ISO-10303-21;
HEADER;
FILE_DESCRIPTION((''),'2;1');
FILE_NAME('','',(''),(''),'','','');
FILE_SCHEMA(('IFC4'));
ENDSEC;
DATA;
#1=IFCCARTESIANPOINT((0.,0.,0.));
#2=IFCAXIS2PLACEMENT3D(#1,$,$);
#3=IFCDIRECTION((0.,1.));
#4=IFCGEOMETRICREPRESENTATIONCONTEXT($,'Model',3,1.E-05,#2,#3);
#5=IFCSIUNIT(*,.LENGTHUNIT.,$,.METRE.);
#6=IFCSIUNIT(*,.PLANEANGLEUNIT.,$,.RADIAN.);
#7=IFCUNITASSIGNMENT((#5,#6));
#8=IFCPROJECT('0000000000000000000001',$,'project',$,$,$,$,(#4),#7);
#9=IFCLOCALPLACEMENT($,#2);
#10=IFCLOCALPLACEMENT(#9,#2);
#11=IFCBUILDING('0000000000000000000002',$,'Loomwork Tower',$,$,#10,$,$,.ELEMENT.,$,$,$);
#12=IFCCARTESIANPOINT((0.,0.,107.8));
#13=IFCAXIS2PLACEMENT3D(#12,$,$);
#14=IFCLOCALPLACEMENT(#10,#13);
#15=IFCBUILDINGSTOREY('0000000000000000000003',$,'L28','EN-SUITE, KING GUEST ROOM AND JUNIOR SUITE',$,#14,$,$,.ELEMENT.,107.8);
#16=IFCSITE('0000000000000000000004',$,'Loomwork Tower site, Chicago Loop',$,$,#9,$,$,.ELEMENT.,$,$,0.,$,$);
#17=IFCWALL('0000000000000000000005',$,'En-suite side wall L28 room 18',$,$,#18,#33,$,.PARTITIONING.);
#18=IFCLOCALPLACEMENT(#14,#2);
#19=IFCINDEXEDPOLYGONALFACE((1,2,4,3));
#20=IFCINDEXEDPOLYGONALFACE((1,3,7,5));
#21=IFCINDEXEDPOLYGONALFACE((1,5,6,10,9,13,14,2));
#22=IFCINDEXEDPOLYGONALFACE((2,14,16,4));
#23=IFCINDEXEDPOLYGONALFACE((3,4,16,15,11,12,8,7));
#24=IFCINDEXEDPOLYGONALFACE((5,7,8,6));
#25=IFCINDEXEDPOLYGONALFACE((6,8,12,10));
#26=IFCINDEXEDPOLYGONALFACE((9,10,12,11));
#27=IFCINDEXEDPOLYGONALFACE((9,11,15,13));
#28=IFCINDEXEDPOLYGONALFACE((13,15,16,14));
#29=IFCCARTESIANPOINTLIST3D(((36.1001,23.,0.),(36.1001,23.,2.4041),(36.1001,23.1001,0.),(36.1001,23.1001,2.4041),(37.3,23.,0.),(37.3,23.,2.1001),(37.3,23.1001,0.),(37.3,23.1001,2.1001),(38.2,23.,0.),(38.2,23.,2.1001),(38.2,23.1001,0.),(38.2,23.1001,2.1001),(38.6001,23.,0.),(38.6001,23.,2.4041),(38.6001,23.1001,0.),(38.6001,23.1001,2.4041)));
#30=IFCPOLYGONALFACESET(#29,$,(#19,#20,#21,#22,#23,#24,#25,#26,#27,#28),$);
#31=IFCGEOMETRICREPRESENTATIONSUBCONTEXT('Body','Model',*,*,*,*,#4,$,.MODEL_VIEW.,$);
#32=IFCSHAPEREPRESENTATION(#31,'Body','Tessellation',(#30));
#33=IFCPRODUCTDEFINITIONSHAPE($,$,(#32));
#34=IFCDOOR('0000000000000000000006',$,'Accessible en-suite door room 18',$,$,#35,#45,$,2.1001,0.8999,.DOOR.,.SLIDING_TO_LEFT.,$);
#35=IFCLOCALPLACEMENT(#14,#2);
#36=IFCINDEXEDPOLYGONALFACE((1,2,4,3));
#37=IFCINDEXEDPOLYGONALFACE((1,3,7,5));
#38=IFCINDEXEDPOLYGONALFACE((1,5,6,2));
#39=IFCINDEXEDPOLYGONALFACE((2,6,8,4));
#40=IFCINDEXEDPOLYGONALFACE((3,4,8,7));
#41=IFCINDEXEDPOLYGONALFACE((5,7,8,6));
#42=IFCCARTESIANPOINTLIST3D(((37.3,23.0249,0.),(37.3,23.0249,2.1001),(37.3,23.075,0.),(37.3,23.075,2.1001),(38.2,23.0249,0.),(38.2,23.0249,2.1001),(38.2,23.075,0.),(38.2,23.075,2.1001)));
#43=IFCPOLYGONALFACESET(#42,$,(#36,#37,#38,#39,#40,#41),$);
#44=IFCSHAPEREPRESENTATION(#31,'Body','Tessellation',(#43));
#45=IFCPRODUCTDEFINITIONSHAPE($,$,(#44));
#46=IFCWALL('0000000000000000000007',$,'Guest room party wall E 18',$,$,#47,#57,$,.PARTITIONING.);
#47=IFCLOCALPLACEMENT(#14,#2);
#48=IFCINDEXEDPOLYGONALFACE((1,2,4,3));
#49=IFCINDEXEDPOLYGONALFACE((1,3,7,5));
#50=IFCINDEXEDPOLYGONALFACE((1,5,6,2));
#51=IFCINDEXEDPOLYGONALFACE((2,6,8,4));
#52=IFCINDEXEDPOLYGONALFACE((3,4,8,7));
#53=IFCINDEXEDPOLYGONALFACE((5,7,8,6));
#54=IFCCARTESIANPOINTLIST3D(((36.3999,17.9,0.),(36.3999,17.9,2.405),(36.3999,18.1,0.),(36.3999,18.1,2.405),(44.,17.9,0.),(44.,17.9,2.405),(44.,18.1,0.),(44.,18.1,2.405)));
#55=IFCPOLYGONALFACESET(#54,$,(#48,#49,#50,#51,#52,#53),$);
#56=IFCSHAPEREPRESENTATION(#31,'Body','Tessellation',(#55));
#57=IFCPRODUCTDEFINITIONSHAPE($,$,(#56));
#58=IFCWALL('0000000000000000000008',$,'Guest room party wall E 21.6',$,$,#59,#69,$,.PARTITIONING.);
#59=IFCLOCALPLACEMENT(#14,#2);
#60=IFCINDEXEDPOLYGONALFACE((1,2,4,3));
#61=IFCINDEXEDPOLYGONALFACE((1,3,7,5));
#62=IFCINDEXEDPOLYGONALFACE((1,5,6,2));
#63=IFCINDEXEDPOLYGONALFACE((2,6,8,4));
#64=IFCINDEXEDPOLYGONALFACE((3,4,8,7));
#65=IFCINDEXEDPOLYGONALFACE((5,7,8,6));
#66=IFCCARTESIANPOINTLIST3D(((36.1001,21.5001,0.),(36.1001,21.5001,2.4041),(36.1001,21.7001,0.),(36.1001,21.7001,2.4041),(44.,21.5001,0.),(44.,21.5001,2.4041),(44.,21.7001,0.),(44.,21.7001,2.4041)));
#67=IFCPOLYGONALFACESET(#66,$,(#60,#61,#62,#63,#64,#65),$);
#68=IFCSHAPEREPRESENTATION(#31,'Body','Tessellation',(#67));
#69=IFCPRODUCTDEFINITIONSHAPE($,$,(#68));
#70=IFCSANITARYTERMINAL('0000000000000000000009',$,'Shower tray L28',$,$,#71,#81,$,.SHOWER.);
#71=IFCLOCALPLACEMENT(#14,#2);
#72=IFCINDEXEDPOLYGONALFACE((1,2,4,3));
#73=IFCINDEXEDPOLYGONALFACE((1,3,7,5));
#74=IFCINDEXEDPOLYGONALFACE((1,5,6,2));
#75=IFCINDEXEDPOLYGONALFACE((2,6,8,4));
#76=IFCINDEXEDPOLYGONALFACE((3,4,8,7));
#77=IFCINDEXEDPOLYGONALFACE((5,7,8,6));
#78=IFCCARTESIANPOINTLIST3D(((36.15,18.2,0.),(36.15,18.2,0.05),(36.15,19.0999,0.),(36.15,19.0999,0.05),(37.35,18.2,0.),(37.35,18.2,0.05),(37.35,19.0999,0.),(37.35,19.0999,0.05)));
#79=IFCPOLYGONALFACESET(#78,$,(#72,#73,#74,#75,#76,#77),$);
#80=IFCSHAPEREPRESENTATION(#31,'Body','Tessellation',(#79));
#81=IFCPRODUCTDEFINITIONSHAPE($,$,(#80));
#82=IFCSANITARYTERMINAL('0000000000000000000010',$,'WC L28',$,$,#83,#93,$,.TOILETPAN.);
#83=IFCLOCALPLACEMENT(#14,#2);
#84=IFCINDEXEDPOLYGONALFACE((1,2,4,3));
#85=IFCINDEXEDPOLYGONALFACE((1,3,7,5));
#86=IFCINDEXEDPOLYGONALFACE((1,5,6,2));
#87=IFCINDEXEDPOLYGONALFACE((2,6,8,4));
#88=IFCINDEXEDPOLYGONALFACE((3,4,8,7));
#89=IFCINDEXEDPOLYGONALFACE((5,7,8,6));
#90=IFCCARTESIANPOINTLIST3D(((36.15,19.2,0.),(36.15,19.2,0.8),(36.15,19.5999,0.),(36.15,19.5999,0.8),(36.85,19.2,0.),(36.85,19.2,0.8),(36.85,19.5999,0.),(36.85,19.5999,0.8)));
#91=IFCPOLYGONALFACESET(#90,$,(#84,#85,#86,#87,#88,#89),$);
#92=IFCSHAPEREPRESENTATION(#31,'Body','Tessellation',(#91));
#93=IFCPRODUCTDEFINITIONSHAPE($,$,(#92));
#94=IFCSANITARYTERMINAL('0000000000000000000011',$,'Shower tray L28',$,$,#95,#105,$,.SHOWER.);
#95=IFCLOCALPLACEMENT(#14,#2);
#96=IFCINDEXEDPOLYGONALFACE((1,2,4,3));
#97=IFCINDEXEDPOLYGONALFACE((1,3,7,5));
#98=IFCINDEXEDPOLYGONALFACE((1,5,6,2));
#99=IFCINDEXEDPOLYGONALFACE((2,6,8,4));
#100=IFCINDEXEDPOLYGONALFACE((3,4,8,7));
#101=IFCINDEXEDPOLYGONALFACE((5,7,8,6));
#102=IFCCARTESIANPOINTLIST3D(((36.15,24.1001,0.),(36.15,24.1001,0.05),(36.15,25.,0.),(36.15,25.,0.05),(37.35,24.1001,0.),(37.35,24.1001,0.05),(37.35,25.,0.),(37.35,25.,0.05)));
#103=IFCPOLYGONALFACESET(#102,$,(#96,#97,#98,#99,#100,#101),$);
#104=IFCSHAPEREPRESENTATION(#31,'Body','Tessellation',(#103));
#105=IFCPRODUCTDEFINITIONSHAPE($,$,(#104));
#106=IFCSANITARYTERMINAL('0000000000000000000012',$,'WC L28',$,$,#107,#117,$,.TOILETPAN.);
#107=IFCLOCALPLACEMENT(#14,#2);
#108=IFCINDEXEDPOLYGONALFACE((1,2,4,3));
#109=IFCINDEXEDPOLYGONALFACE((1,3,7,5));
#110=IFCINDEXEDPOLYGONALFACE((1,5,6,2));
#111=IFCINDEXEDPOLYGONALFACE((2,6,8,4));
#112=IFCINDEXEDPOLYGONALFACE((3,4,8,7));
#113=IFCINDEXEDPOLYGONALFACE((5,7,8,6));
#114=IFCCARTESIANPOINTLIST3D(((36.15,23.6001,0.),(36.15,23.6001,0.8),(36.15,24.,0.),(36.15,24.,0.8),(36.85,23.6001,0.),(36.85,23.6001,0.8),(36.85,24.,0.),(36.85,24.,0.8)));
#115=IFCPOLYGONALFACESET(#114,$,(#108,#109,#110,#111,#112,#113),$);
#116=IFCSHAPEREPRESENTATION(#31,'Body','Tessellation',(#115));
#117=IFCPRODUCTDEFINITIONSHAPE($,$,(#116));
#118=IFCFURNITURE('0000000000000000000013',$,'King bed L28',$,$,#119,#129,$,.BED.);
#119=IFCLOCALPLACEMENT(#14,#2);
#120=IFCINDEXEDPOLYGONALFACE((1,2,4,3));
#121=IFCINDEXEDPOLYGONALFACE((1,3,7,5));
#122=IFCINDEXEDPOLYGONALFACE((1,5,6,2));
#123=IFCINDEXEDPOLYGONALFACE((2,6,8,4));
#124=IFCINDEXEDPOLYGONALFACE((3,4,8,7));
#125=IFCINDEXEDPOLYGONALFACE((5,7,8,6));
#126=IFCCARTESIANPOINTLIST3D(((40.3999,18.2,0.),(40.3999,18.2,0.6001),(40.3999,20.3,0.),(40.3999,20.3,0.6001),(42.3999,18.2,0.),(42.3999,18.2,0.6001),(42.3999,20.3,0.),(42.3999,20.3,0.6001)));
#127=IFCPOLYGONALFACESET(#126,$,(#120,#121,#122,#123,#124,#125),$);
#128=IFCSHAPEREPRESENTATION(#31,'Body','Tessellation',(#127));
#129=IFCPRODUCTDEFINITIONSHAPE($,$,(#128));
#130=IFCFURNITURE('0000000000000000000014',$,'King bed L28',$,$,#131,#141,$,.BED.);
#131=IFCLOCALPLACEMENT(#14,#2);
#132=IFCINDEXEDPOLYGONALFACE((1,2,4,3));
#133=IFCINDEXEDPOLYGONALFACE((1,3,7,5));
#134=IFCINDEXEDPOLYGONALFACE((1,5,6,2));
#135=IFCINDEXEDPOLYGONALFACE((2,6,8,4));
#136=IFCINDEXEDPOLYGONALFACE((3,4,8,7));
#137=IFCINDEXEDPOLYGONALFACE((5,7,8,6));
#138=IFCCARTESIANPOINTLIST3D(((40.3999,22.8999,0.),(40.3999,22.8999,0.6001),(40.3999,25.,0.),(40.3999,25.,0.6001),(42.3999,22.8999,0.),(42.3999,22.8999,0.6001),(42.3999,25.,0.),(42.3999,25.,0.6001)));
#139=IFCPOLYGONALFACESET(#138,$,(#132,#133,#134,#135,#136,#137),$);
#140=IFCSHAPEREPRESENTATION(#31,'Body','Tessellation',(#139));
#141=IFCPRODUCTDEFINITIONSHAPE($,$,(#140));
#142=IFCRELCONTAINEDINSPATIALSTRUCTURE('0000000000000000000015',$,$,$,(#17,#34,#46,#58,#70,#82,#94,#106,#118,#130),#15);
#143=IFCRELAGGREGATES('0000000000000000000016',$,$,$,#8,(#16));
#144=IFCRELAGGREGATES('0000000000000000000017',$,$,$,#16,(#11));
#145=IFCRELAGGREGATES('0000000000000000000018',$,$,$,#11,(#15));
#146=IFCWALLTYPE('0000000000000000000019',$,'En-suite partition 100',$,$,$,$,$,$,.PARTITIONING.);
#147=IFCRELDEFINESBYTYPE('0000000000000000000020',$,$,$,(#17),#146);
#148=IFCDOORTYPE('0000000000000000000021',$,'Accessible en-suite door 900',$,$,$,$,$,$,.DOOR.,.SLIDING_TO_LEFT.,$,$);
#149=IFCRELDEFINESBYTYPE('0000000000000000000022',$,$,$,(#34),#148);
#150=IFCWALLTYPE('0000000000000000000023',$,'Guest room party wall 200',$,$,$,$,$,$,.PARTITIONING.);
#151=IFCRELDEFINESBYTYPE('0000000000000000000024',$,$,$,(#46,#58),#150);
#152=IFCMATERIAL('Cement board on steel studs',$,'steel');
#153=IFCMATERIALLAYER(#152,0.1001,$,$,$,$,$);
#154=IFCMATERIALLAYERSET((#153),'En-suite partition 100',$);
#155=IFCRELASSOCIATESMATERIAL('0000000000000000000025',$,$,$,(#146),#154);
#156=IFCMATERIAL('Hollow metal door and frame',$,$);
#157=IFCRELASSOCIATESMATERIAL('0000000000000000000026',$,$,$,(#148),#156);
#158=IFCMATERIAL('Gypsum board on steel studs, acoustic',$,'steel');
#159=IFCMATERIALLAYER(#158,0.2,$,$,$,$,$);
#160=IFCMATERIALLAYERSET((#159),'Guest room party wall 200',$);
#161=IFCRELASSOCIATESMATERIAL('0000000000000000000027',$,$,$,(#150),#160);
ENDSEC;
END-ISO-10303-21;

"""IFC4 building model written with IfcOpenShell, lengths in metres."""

from ifc_helpers import new_model, si_unit, direction, frame, frame_2d, origin, origin_2d, place, context, subcontext, project, spatial, rectangle, extrude, material, layer, layer_set, type_object, element, fill, save


model = new_model("IFC4")

# Units and contexts
model_context = context("Model", 3, precision=1e-05, world=origin(), true_north=direction((0.0, 1.0)))
body_context = subcontext(model_context, "Body", "Model", "MODEL_VIEW")
ifc_project = project(units=[si_unit("LENGTHUNIT", "METRE"), si_unit("PLANEANGLEUNIT", "RADIAN")], contexts=[model_context])

# Site, building, storey
site_placement = place(None, origin())
site = spatial("IfcSite", under=ifc_project, at=site_placement, Name="Loomwork Tower site, Chicago Loop", CompositionType="ELEMENT", RefElevation=0.0)
building_placement = place(site_placement, origin())
building = spatial("IfcBuilding", under=site, at=building_placement, Name="Loomwork Tower", CompositionType="ELEMENT")
storey_placement = place(building_placement, frame((0.0, 0.0, 107.8)))
storey = spatial("IfcBuildingStorey", under=building, at=storey_placement, Name="L28", Description="EN-SUITE, KING GUEST ROOM AND JUNIOR SUITE", CompositionType="ELEMENT", Elevation=107.8)

# Shared definitions
ifc_material_1 = material(Name="Cement board on steel studs", Category="steel")
ifc_layer_1 = layer(ifc_material_1, 0.1001)
ifc_layer_set_1 = layer_set([ifc_layer_1], Name="En-suite partition 100")
wall_type_1 = type_object("IfcWallType", Name="En-suite partition 100", PredefinedType="PARTITIONING", material=ifc_layer_set_1)

# Wall, opening, door
wall_1_placement = place(storey_placement, frame((36.1001, 23.05, 0.0), z_axis=(0.0, 0.0, 1.0), x_axis=(1.0, 0.0, 0.0)))
wall_1 = element("IfcWall", 1, at=wall_1_placement, inside=storey, type_object=wall_type_1, Name="En-suite side wall L28 room 18", PredefinedType="PARTITIONING", context=body_context, shape_type="SweptSolid", body=[
    extrude(rectangle(XDim=2.5, YDim=0.1001, at=frame_2d((1.25, 0.0))), origin(), (0.0, 0.0, 1.0), 2.4041),
])
opening_1_placement = place(wall_1_placement, frame((1.2, 0.0, 0.0)))
opening_1 = element("IfcOpeningElement", 2, at=opening_1_placement, cuts=wall_1, PredefinedType="OPENING", context=body_context, shape_type="SweptSolid", body=[
    extrude(rectangle(XDim=0.8999, YDim=2.1001, at=frame_2d((0.45, 1.05))), frame((0.0, 0.0601, 0.0), z_axis=(0.0, -1.0, 0.0), x_axis=(1.0, 0.0, 0.0)), (0.0, 0.0, 1.0), 0.1201),
])
ifc_material_2 = material(Name="Hollow metal door and frame")
door_type_1 = type_object("IfcDoorType", Name="Accessible en-suite door 900", OperationType="SLIDING_TO_LEFT", PredefinedType="DOOR", material=ifc_material_2)
door_1_placement = place(opening_1_placement, origin())
door_1 = element("IfcDoor", 3, at=door_1_placement, inside=storey, type_object=door_type_1, Name="Accessible en-suite door room 18", OperationType="SLIDING_TO_LEFT", OverallHeight=2.1001, OverallWidth=0.8999, PredefinedType="DOOR", context=body_context, shape_type="SweptSolid", body=[
    extrude(rectangle(XDim=0.8999, YDim=2.1001, at=frame_2d((0.45, 1.05))), frame((0.0, 0.0249, 0.0), z_axis=(0.0, -1.0, 0.0), x_axis=(1.0, 0.0, 0.0)), (0.0, 0.0, 1.0), 0.05),
])
fill(opening_1, door_1)

# Walls
ifc_material_3 = material(Name="Gypsum board on steel studs, acoustic", Category="steel")
ifc_layer_2 = layer(ifc_material_3, 0.2)
ifc_layer_set_2 = layer_set([ifc_layer_2], Name="Guest room party wall 200")
wall_type_2 = type_object("IfcWallType", Name="Guest room party wall 200", PredefinedType="PARTITIONING", material=ifc_layer_set_2)
wall_2_placement = place(storey_placement, frame((36.3999, 18.0, 0.0), z_axis=(0.0, 0.0, 1.0), x_axis=(1.0, 0.0, 0.0)))
element("IfcWall", 4, at=wall_2_placement, inside=storey, type_object=wall_type_2, Name="Guest room party wall E 18", PredefinedType="PARTITIONING", context=body_context, shape_type="SweptSolid", body=[
    extrude(rectangle(XDim=7.6001, YDim=0.2, at=frame_2d((3.8, 0.0))), origin(), (0.0, 0.0, 1.0), 2.405),
])
wall_3_placement = place(storey_placement, frame((36.1001, 21.6001, 0.0), z_axis=(0.0, 0.0, 1.0), x_axis=(1.0, 0.0, 0.0)))
element("IfcWall", 5, at=wall_3_placement, inside=storey, type_object=wall_type_2, Name="Guest room party wall E 21.6", PredefinedType="PARTITIONING", context=body_context, shape_type="SweptSolid", body=[
    extrude(rectangle(XDim=7.8999, YDim=0.2, at=frame_2d((3.95, 0.0))), origin(), (0.0, 0.0, 1.0), 2.4041),
])

# Sanitary terminals
sanitary_terminal_1_placement = place(storey_placement, frame((36.75, 18.6499, 0.0), z_axis=(0.0, 0.0, 1.0), x_axis=(1.0, 0.0, 0.0)))
element("IfcSanitaryTerminal", 6, at=sanitary_terminal_1_placement, inside=storey, Name="Shower tray L28", PredefinedType="SHOWER", context=body_context, shape_type="SweptSolid", body=[
    extrude(rectangle(XDim=1.2, YDim=0.8999, at=origin_2d()), origin(), (0.0, 0.0, 1.0), 0.05),
])
sanitary_terminal_2_placement = place(storey_placement, frame((36.5, 19.3999, 0.0), z_axis=(0.0, 0.0, 1.0), x_axis=(1.0, 0.0, 0.0)))
element("IfcSanitaryTerminal", 7, at=sanitary_terminal_2_placement, inside=storey, Name="WC L28", PredefinedType="TOILETPAN", context=body_context, shape_type="SweptSolid", body=[
    extrude(rectangle(XDim=0.7, YDim=0.3999, at=origin_2d()), origin(), (0.0, 0.0, 1.0), 0.8),
])
sanitary_terminal_3_placement = place(storey_placement, frame((36.75, 24.55, 0.0), z_axis=(0.0, 0.0, 1.0), x_axis=(1.0, 0.0, 0.0)))
element("IfcSanitaryTerminal", 8, at=sanitary_terminal_3_placement, inside=storey, Name="Shower tray L28", PredefinedType="SHOWER", context=body_context, shape_type="SweptSolid", body=[
    extrude(rectangle(XDim=1.2, YDim=0.8999, at=origin_2d()), origin(), (0.0, 0.0, 1.0), 0.05),
])
sanitary_terminal_4_placement = place(storey_placement, frame((36.5, 23.8, 0.0), z_axis=(0.0, 0.0, 1.0), x_axis=(1.0, 0.0, 0.0)))
element("IfcSanitaryTerminal", 9, at=sanitary_terminal_4_placement, inside=storey, Name="WC L28", PredefinedType="TOILETPAN", context=body_context, shape_type="SweptSolid", body=[
    extrude(rectangle(XDim=0.7, YDim=0.3999, at=origin_2d()), origin(), (0.0, 0.0, 1.0), 0.8),
])

# Furniture
for number, where, z_axis, x_axis, name in (
    (10, (41.3999, 19.25, 0.0), (0.0, 0.0, 1.0), (1.0, 0.0, 0.0), "King bed L28"),
    (11, (41.3999, 23.95, 0.0), (0.0, 0.0, 1.0), (1.0, 0.0, 0.0), "King bed L28"),
):
    element("IfcFurniture", number, at=place(storey_placement, frame(where, z_axis=z_axis, x_axis=x_axis)), inside=storey, Name=name, PredefinedType="BED", context=body_context, shape_type="SweptSolid", body=[
        extrude(rectangle(XDim=2.0, YDim=2.1001, at=origin_2d()), origin(), (0.0, 0.0, 1.0), 0.6001),
    ])

save(model, "model.ifc")
